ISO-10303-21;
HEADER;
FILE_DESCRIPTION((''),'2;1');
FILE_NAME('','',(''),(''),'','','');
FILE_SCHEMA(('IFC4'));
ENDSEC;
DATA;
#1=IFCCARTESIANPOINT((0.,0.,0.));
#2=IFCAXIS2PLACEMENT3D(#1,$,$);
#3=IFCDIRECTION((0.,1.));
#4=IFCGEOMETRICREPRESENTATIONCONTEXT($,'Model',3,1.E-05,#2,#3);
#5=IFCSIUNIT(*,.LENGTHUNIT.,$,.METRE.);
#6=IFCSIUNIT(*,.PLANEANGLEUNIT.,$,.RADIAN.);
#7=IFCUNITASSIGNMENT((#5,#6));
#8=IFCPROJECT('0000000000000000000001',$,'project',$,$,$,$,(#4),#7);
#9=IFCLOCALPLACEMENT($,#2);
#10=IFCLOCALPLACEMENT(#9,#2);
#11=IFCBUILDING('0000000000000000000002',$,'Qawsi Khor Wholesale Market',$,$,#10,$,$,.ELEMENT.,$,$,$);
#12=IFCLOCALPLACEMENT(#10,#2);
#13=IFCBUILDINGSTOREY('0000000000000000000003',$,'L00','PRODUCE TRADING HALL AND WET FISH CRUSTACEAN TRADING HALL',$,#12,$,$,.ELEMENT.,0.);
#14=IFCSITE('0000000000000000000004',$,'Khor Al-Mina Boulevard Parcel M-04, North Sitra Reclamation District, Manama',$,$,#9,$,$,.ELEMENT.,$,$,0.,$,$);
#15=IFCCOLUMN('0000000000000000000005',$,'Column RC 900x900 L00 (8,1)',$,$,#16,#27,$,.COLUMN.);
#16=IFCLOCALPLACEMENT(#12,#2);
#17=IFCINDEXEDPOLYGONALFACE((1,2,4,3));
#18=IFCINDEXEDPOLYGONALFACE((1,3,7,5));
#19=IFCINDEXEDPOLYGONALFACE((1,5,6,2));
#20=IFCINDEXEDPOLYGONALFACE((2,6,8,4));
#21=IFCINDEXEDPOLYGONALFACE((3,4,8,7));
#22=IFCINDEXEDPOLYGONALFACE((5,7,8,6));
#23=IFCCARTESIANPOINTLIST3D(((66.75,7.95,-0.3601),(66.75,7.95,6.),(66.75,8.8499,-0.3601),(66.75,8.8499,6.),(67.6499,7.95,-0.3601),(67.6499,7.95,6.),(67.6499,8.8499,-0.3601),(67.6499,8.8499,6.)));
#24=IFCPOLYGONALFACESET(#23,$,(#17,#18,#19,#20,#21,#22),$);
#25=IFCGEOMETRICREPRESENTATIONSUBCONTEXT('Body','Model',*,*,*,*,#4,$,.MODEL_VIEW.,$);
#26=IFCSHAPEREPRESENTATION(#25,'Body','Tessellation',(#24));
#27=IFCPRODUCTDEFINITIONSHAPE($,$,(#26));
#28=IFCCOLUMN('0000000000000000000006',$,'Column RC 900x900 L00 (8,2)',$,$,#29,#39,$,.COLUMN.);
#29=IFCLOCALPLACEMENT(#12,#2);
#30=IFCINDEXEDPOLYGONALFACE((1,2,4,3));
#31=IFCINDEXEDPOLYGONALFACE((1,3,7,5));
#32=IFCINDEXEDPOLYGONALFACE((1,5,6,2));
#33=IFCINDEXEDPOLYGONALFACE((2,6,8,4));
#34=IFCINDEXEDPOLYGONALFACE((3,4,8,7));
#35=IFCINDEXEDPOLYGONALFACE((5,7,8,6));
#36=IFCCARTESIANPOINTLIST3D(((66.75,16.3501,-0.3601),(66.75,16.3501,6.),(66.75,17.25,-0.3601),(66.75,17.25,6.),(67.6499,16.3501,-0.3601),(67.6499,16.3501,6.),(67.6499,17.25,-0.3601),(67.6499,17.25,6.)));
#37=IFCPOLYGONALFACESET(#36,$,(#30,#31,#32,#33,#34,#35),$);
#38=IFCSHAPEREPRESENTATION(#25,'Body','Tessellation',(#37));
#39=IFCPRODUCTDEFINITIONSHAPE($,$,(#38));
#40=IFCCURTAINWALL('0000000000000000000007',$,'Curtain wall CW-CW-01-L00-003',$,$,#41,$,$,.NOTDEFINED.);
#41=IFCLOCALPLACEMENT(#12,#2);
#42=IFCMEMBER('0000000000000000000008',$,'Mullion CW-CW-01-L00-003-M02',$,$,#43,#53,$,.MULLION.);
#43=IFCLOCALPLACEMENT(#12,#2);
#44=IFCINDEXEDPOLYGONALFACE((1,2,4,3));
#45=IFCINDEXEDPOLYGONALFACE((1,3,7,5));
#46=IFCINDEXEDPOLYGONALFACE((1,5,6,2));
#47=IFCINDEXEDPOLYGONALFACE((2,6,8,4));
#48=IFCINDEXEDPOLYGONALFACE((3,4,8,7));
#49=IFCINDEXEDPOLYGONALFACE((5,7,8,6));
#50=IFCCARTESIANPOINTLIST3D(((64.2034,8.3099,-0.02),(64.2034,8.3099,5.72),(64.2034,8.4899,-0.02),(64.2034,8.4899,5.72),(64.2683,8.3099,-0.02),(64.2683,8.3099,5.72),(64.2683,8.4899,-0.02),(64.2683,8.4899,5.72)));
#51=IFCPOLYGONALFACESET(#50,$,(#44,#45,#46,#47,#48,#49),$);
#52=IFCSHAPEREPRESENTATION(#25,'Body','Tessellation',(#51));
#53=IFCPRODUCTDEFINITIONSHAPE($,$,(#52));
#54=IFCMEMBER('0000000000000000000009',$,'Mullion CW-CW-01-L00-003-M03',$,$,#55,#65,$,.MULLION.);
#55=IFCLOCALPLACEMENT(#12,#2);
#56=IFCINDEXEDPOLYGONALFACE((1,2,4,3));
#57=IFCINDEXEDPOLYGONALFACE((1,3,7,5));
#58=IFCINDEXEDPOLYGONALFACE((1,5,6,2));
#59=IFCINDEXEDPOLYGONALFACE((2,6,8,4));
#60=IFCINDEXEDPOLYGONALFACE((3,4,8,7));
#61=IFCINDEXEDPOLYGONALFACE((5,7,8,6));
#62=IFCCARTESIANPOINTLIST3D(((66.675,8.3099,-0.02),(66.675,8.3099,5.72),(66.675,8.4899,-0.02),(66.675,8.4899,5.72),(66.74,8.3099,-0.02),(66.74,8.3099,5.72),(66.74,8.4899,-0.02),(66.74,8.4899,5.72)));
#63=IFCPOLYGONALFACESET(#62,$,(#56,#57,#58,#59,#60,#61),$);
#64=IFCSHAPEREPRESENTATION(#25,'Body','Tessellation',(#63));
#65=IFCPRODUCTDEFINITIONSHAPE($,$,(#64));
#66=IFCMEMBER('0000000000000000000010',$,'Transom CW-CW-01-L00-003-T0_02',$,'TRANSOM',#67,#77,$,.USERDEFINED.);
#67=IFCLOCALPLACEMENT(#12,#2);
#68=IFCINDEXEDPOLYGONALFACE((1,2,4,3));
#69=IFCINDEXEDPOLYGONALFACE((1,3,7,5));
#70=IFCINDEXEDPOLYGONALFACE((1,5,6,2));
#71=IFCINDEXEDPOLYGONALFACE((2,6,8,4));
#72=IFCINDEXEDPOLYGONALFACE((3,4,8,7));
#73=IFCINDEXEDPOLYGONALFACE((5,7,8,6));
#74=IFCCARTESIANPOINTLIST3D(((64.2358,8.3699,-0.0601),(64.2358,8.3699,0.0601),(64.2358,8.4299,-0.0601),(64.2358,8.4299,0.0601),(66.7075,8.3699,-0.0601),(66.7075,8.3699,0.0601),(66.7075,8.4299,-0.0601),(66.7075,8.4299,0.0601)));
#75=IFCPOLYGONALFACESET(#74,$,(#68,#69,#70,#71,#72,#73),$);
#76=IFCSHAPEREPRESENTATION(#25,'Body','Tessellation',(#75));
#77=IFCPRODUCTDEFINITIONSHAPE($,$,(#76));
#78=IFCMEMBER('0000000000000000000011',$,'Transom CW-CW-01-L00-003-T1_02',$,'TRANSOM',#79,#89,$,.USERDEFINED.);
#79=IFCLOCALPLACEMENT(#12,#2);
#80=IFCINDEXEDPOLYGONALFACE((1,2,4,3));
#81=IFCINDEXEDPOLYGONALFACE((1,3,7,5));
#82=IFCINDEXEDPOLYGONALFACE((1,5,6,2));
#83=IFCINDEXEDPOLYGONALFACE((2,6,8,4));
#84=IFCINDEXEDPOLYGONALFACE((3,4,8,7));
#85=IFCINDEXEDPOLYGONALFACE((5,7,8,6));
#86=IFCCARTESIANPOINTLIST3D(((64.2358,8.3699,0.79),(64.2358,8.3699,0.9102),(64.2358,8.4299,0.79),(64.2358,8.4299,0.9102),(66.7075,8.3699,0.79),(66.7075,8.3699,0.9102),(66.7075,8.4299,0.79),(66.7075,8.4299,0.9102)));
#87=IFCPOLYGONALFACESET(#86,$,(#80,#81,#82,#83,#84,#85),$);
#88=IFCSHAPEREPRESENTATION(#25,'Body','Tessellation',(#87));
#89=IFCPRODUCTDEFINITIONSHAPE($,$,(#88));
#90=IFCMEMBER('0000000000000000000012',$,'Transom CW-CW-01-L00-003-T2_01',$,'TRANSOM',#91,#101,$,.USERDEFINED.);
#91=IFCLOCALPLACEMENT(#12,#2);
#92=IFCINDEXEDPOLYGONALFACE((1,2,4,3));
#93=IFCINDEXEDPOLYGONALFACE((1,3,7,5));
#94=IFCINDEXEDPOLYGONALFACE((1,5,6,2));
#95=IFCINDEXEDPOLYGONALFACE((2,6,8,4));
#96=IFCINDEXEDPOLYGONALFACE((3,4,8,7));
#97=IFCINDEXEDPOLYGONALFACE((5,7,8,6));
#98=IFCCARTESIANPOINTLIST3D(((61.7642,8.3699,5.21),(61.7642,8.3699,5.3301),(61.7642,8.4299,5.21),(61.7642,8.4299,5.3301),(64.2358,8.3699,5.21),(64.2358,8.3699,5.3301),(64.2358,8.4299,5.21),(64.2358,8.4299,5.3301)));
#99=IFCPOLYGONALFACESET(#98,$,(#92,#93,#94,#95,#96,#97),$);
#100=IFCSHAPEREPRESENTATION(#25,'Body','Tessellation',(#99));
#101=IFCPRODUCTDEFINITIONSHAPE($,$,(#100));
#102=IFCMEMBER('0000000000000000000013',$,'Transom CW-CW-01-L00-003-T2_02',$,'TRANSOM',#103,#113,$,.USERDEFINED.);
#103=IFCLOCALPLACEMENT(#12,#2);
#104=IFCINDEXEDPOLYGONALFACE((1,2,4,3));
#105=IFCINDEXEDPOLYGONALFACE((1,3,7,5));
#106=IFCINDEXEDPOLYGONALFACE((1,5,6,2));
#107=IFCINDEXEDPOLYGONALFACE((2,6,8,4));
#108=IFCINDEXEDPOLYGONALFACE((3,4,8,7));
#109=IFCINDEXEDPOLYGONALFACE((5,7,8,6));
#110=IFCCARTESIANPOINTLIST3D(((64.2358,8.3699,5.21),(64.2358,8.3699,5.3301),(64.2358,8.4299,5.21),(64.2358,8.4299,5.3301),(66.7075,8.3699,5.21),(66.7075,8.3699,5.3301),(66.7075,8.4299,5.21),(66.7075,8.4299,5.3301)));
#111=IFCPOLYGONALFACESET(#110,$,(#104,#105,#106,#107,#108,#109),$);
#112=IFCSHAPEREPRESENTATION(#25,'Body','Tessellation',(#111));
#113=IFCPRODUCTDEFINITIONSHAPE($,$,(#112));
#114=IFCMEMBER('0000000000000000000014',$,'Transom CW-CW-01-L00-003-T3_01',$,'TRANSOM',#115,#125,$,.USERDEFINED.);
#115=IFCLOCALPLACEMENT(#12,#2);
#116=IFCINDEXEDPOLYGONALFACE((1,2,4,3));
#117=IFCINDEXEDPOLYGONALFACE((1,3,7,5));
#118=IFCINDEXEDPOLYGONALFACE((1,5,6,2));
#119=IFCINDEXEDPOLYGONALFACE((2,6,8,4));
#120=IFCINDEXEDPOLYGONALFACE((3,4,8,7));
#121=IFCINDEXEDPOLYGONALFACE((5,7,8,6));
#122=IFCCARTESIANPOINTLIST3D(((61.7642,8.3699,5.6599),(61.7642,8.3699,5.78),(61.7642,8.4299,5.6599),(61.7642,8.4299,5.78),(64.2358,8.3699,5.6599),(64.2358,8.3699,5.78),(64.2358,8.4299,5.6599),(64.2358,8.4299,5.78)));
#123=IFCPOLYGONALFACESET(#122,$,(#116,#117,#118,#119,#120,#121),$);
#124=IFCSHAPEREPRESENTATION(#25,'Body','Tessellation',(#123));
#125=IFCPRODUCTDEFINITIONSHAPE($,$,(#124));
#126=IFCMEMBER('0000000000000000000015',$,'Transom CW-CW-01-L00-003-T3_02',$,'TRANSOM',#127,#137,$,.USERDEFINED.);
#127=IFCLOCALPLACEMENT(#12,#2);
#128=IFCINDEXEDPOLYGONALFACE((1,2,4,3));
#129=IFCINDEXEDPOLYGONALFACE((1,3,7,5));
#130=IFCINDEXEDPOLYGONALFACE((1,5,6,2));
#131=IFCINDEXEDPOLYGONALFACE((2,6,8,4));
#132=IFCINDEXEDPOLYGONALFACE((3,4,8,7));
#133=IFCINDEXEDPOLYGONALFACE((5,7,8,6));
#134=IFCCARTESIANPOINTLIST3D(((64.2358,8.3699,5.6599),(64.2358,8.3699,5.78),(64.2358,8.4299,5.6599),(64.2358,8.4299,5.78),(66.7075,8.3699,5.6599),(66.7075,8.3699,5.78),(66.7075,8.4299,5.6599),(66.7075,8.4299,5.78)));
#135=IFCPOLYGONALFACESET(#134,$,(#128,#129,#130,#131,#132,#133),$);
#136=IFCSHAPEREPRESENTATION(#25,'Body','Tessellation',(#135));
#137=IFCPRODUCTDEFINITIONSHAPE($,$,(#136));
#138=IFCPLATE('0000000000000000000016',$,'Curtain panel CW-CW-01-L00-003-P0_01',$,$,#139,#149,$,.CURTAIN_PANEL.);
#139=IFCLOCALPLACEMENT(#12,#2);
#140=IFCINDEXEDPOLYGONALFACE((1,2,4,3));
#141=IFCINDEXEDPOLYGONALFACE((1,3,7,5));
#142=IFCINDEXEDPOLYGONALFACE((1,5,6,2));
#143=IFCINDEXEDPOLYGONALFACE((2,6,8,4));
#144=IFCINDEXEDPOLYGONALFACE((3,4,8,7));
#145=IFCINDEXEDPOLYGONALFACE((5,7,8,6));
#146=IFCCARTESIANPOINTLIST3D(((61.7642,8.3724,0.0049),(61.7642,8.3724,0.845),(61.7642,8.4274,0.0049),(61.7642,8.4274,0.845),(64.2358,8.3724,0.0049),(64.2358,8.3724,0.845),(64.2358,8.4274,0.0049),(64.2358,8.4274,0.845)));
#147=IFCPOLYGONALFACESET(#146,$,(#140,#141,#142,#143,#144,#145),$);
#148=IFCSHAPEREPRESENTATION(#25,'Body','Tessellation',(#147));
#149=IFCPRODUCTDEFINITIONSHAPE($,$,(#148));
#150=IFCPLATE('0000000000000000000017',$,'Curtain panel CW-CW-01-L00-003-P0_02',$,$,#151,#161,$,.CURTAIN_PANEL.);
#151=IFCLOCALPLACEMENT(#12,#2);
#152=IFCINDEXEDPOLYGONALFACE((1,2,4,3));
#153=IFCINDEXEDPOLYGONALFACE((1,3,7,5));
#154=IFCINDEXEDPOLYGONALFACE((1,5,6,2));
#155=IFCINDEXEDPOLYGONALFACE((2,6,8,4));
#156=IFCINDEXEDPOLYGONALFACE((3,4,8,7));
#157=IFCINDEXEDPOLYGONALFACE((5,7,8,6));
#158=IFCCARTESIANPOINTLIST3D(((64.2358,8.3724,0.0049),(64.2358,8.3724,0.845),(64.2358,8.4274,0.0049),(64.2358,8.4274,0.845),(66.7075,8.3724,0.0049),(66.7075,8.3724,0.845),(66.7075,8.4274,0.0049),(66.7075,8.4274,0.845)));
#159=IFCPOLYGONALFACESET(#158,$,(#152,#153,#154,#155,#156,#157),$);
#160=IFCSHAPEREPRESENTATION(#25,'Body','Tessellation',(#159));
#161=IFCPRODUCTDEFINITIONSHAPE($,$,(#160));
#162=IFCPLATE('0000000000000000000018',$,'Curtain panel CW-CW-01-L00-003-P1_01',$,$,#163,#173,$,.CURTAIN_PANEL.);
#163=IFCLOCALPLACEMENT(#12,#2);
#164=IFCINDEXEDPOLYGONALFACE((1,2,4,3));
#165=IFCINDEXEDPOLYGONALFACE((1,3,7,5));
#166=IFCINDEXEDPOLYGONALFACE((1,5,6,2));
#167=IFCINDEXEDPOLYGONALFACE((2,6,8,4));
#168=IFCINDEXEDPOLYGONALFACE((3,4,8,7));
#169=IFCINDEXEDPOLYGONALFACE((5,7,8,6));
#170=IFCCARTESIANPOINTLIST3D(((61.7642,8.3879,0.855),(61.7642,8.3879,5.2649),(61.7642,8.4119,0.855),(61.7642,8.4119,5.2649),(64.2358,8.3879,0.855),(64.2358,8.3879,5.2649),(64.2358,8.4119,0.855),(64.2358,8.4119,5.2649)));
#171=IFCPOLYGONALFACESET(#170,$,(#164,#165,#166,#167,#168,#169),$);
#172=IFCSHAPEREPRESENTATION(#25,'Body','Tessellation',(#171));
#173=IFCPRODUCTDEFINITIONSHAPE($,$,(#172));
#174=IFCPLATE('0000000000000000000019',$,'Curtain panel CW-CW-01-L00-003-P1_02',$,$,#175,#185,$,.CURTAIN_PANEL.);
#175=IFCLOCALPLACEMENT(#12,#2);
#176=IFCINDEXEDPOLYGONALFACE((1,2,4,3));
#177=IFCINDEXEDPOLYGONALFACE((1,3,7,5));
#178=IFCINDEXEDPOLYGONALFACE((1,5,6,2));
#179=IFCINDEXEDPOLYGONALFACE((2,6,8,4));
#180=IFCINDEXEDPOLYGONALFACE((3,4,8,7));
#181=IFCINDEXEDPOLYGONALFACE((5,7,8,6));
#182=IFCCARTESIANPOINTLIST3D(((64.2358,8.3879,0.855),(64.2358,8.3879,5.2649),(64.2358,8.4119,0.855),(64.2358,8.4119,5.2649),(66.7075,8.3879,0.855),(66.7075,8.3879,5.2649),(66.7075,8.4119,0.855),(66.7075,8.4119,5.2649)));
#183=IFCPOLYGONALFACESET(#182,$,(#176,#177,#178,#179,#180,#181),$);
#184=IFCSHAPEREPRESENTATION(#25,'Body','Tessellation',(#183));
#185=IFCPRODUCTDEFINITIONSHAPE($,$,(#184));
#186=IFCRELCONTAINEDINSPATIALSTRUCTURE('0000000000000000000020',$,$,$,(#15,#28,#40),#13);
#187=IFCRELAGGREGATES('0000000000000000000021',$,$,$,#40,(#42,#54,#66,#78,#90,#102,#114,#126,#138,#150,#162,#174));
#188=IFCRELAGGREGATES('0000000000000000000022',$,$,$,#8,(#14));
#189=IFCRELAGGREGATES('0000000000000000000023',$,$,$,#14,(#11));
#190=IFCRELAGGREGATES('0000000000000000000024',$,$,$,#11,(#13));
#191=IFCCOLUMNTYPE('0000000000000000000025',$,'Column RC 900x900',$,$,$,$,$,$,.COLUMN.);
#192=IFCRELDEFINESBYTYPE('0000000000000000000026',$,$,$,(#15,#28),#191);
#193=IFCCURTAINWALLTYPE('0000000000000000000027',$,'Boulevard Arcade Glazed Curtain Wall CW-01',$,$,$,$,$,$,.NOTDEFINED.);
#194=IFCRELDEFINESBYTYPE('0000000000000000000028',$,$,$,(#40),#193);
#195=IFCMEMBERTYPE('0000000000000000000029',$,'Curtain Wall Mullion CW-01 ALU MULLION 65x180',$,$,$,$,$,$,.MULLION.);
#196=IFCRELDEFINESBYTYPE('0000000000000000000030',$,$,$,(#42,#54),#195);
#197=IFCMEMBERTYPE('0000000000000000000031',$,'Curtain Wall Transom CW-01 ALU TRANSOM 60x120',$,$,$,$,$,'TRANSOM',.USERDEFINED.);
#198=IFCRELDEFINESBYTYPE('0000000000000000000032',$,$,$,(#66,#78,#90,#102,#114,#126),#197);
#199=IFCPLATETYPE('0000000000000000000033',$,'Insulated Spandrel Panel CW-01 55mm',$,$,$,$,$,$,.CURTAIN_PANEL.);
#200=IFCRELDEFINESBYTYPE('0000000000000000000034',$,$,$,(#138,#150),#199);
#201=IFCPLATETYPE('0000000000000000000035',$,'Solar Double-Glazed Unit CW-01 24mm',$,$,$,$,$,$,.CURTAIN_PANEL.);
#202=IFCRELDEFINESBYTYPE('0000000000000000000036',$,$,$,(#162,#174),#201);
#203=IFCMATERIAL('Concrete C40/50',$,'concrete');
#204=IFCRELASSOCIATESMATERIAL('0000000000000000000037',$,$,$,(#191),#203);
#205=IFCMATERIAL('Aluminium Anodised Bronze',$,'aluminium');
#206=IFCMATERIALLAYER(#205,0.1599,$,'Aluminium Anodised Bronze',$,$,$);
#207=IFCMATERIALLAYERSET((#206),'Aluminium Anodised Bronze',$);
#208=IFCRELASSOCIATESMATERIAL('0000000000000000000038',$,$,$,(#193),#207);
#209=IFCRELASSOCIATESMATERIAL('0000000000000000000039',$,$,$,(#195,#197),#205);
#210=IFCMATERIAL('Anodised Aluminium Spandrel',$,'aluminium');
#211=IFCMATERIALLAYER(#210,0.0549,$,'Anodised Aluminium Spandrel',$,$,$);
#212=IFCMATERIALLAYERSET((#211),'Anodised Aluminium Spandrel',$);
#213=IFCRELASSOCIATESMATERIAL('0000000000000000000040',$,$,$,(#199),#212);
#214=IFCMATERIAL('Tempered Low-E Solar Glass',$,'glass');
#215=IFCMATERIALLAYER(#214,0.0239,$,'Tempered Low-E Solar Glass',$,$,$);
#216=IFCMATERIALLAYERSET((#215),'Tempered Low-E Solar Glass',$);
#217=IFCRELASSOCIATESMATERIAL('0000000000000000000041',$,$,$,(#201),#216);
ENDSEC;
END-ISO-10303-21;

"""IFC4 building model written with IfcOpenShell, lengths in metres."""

from ifc_helpers import new_model, si_unit, direction, frame, frame_2d, origin, origin_2d, place, context, subcontext, project, spatial, rectangle, extrude, material, layer, layer_set, material_profile, profile_set, type_object, element, aggregate, save


model = new_model("IFC4")

# Units and contexts
model_context = context("Model", 3, precision=1e-05, world=origin(), true_north=direction((0.0, 1.0)))
body_context = subcontext(model_context, "Body", "Model", "MODEL_VIEW")
ifc_project = project(units=[si_unit("LENGTHUNIT", "METRE"), si_unit("PLANEANGLEUNIT", "RADIAN")], contexts=[model_context])

# Site, building, storey
site_placement = place(None, origin())
site = spatial("IfcSite", under=ifc_project, at=site_placement, Name="Khor Al-Mina Boulevard Parcel M-04, North Sitra Reclamation District, Manama", CompositionType="ELEMENT", RefElevation=0.0)
building_placement = place(site_placement, origin())
building = spatial("IfcBuilding", under=site, at=building_placement, Name="Qawsi Khor Wholesale Market", CompositionType="ELEMENT")
storey_placement = place(building_placement, origin())
storey = spatial("IfcBuildingStorey", under=building, at=storey_placement, Name="L00", Description="PRODUCE TRADING HALL AND WET FISH CRUSTACEAN TRADING HALL", CompositionType="ELEMENT", Elevation=0.0)

# Columns
ifc_material_1 = material(Name="Concrete C40/50", Category="concrete")
ifc_material_profile_1 = material_profile(ifc_material_1, rectangle(XDim=0.8999, YDim=0.8999, at=origin_2d()), Name="RC 900x900")
ifc_profile_set_1 = profile_set([ifc_material_profile_1], Name="Concrete C40/50")
column_type = type_object("IfcColumnType", Name="Column RC 900x900", PredefinedType="COLUMN", material=ifc_profile_set_1)
for number, where, z_axis, x_axis, name in (
    (1, (67.2, 8.3999, -0.3601), (0.0, 0.0, 1.0), (1.0, 0.0, 0.0), "Column RC 900x900 L00 (8,1)"),
    (2, (67.2, 16.8, -0.3601), (0.0, 0.0, 1.0), (1.0, 0.0, 0.0), "Column RC 900x900 L00 (8,2)"),
):
    element("IfcColumn", number, at=place(storey_placement, frame(where, z_axis=z_axis, x_axis=x_axis)), inside=storey, type_object=column_type, Name=name, PredefinedType="COLUMN", context=body_context, shape_type="SweptSolid", body=[
        extrude(rectangle(XDim=0.8999, YDim=0.8999, at=origin_2d()), origin(), (0.0, 0.0, 1.0), 6.3601),
    ])

# Curtain wall, members, plates
ifc_material_2 = material(Name="Aluminium Anodised Bronze", Category="aluminium")
ifc_layer_1 = layer(ifc_material_2, 0.1599, Name="Aluminium Anodised Bronze")
ifc_layer_set_1 = layer_set([ifc_layer_1], Name="Aluminium Anodised Bronze")
curtain_wall_type = type_object("IfcCurtainWallType", Name="Boulevard Arcade Glazed Curtain Wall CW-01", PredefinedType="NOTDEFINED", material=ifc_layer_set_1)
curtain_wall_placement = place(storey_placement, origin())
curtain_wall = element("IfcCurtainWall", 3, at=curtain_wall_placement, inside=storey, type_object=curtain_wall_type, Name="Curtain wall CW-CW-01-L00-003", PredefinedType="NOTDEFINED")
ifc_material_profile_2 = material_profile(ifc_material_2, rectangle(XDim=0.0649, YDim=0.1799, at=origin_2d()), Name="ALU MULLION 65x180")
ifc_profile_set_2 = profile_set([ifc_material_profile_2], Name="Aluminium Anodised Bronze")
member_type_1 = type_object("IfcMemberType", Name="Curtain Wall Mullion CW-01 ALU MULLION 65x180", PredefinedType="MULLION", material=ifc_profile_set_2)
member_1_placement = place(storey_placement, frame((64.2358, 8.3999, -0.02), z_axis=(0.0, 0.0, 1.0), x_axis=(1.0, 0.0, 0.0)))
member_1 = element("IfcMember", 4, at=member_1_placement, type_object=member_type_1, Name="Mullion CW-CW-01-L00-003-M02", PredefinedType="MULLION", context=body_context, shape_type="SweptSolid", body=[
    extrude(rectangle(XDim=0.0649, YDim=0.1799, at=origin_2d()), origin(), (0.0, 0.0, 1.0), 5.74),
])
member_2_placement = place(storey_placement, frame((66.7075, 8.3999, -0.02), z_axis=(0.0, 0.0, 1.0), x_axis=(1.0, 0.0, 0.0)))
member_2 = element("IfcMember", 5, at=member_2_placement, type_object=member_type_1, Name="Mullion CW-CW-01-L00-003-M03", PredefinedType="MULLION", context=body_context, shape_type="SweptSolid", body=[
    extrude(rectangle(XDim=0.0649, YDim=0.1799, at=origin_2d()), origin(), (0.0, 0.0, 1.0), 5.74),
])
ifc_material_profile_3 = material_profile(ifc_material_2, rectangle(XDim=0.0601, YDim=0.1201, at=origin_2d()), Name="ALU TRANSOM 60x120")
ifc_profile_set_3 = profile_set([ifc_material_profile_3], Name="Aluminium Anodised Bronze")
member_type_2 = type_object("IfcMemberType", Name="Curtain Wall Transom CW-01 ALU TRANSOM 60x120", ElementType="TRANSOM", PredefinedType="USERDEFINED", material=ifc_profile_set_3)
member_3_placement = place(storey_placement, frame((64.2358, 8.3999, 0.0), z_axis=(1.0, 0.0, 0.0), x_axis=(0.0, 1.0, 0.0)))
member_3 = element("IfcMember", 6, at=member_3_placement, type_object=member_type_2, Name="Transom CW-CW-01-L00-003-T0_02", ObjectType="TRANSOM", PredefinedType="USERDEFINED", context=body_context, shape_type="SweptSolid", body=[
    extrude(rectangle(XDim=0.0601, YDim=0.1201, at=origin_2d()), origin(), (0.0, 0.0, 1.0), 2.4717),
])
member_4_placement = place(storey_placement, frame((64.2358, 8.3999, 0.8501), z_axis=(1.0, 0.0, 0.0), x_axis=(0.0, 1.0, 0.0)))
member_4 = element("IfcMember", 7, at=member_4_placement, type_object=member_type_2, Name="Transom CW-CW-01-L00-003-T1_02", ObjectType="TRANSOM", PredefinedType="USERDEFINED", context=body_context, shape_type="SweptSolid", body=[
    extrude(rectangle(XDim=0.0601, YDim=0.1201, at=origin_2d()), origin(), (0.0, 0.0, 1.0), 2.4717),
])
member_5_placement = place(storey_placement, frame((61.7642, 8.3999, 5.27), z_axis=(1.0, 0.0, 0.0), x_axis=(0.0, 1.0, 0.0)))
member_5 = element("IfcMember", 8, at=member_5_placement, type_object=member_type_2, Name="Transom CW-CW-01-L00-003-T2_01", ObjectType="TRANSOM", PredefinedType="USERDEFINED", context=body_context, shape_type="SweptSolid", body=[
    extrude(rectangle(XDim=0.0601, YDim=0.1201, at=origin_2d()), origin(), (0.0, 0.0, 1.0), 2.4717),
])
member_6_placement = place(storey_placement, frame((64.2358, 8.3999, 5.27), z_axis=(1.0, 0.0, 0.0), x_axis=(0.0, 1.0, 0.0)))
member_6 = element("IfcMember", 9, at=member_6_placement, type_object=member_type_2, Name="Transom CW-CW-01-L00-003-T2_02", ObjectType="TRANSOM", PredefinedType="USERDEFINED", context=body_context, shape_type="SweptSolid", body=[
    extrude(rectangle(XDim=0.0601, YDim=0.1201, at=origin_2d()), origin(), (0.0, 0.0, 1.0), 2.4717),
])
member_7_placement = place(storey_placement, frame((61.7642, 8.3999, 5.72), z_axis=(1.0, 0.0, 0.0), x_axis=(0.0, 1.0, 0.0)))
member_7 = element("IfcMember", 10, at=member_7_placement, type_object=member_type_2, Name="Transom CW-CW-01-L00-003-T3_01", ObjectType="TRANSOM", PredefinedType="USERDEFINED", context=body_context, shape_type="SweptSolid", body=[
    extrude(rectangle(XDim=0.0601, YDim=0.1201, at=origin_2d()), origin(), (0.0, 0.0, 1.0), 2.4717),
])
member_8_placement = place(storey_placement, frame((64.2358, 8.3999, 5.72), z_axis=(1.0, 0.0, 0.0), x_axis=(0.0, 1.0, 0.0)))
member_8 = element("IfcMember", 11, at=member_8_placement, type_object=member_type_2, Name="Transom CW-CW-01-L00-003-T3_02", ObjectType="TRANSOM", PredefinedType="USERDEFINED", context=body_context, shape_type="SweptSolid", body=[
    extrude(rectangle(XDim=0.0601, YDim=0.1201, at=origin_2d()), origin(), (0.0, 0.0, 1.0), 2.4717),
])
ifc_material_3 = material(Name="Anodised Aluminium Spandrel", Category="aluminium")
ifc_layer_2 = layer(ifc_material_3, 0.0549, Name="Anodised Aluminium Spandrel")
ifc_layer_set_2 = layer_set([ifc_layer_2], Name="Anodised Aluminium Spandrel")
plate_type_1 = type_object("IfcPlateType", Name="Insulated Spandrel Panel CW-01 55mm", PredefinedType="CURTAIN_PANEL", material=ifc_layer_set_2)
plate_1_placement = place(storey_placement, frame((61.7642, 8.3999, 0.0049), z_axis=(0.0, 0.0, 1.0), x_axis=(1.0, 0.0, 0.0)))
plate_1 = element("IfcPlate", 12, at=plate_1_placement, type_object=plate_type_1, Name="Curtain panel CW-CW-01-L00-003-P0_01", PredefinedType="CURTAIN_PANEL", context=body_context, shape_type="SweptSolid", body=[
    extrude(rectangle(XDim=2.4717, YDim=0.0549, at=frame_2d((1.2358, 0.0))), origin(), (0.0, 0.0, 1.0), 0.8401),
])
plate_2_placement = place(storey_placement, frame((64.2358, 8.3999, 0.0049), z_axis=(0.0, 0.0, 1.0), x_axis=(1.0, 0.0, 0.0)))
plate_2 = element("IfcPlate", 13, at=plate_2_placement, type_object=plate_type_1, Name="Curtain panel CW-CW-01-L00-003-P0_02", PredefinedType="CURTAIN_PANEL", context=body_context, shape_type="SweptSolid", body=[
    extrude(rectangle(XDim=2.4717, YDim=0.0549, at=frame_2d((1.2358, 0.0))), origin(), (0.0, 0.0, 1.0), 0.8401),
])
ifc_material_4 = material(Name="Tempered Low-E Solar Glass", Category="glass")
ifc_layer_3 = layer(ifc_material_4, 0.0239, Name="Tempered Low-E Solar Glass")
ifc_layer_set_3 = layer_set([ifc_layer_3], Name="Tempered Low-E Solar Glass")
plate_type_2 = type_object("IfcPlateType", Name="Solar Double-Glazed Unit CW-01 24mm", PredefinedType="CURTAIN_PANEL", material=ifc_layer_set_3)
plate_3_placement = place(storey_placement, frame((61.7642, 8.3999, 0.855), z_axis=(0.0, 0.0, 1.0), x_axis=(1.0, 0.0, 0.0)))
plate_3 = element("IfcPlate", 14, at=plate_3_placement, type_object=plate_type_2, Name="Curtain panel CW-CW-01-L00-003-P1_01", PredefinedType="CURTAIN_PANEL", context=body_context, shape_type="SweptSolid", body=[
    extrude(rectangle(XDim=2.4717, YDim=0.0239, at=frame_2d((1.2358, 0.0))), origin(), (0.0, 0.0, 1.0), 4.4099),
])
plate_4_placement = place(storey_placement, frame((64.2358, 8.3999, 0.855), z_axis=(0.0, 0.0, 1.0), x_axis=(1.0, 0.0, 0.0)))
plate_4 = element("IfcPlate", 15, at=plate_4_placement, type_object=plate_type_2, Name="Curtain panel CW-CW-01-L00-003-P1_02", PredefinedType="CURTAIN_PANEL", context=body_context, shape_type="SweptSolid", body=[
    extrude(rectangle(XDim=2.4717, YDim=0.0239, at=frame_2d((1.2358, 0.0))), origin(), (0.0, 0.0, 1.0), 4.4099),
])
aggregate(curtain_wall, [member_1, member_2, member_3, member_4, member_5, member_6, member_7, member_8, plate_1, plate_2, plate_3, plate_4])

save(model, "model.ifc")
